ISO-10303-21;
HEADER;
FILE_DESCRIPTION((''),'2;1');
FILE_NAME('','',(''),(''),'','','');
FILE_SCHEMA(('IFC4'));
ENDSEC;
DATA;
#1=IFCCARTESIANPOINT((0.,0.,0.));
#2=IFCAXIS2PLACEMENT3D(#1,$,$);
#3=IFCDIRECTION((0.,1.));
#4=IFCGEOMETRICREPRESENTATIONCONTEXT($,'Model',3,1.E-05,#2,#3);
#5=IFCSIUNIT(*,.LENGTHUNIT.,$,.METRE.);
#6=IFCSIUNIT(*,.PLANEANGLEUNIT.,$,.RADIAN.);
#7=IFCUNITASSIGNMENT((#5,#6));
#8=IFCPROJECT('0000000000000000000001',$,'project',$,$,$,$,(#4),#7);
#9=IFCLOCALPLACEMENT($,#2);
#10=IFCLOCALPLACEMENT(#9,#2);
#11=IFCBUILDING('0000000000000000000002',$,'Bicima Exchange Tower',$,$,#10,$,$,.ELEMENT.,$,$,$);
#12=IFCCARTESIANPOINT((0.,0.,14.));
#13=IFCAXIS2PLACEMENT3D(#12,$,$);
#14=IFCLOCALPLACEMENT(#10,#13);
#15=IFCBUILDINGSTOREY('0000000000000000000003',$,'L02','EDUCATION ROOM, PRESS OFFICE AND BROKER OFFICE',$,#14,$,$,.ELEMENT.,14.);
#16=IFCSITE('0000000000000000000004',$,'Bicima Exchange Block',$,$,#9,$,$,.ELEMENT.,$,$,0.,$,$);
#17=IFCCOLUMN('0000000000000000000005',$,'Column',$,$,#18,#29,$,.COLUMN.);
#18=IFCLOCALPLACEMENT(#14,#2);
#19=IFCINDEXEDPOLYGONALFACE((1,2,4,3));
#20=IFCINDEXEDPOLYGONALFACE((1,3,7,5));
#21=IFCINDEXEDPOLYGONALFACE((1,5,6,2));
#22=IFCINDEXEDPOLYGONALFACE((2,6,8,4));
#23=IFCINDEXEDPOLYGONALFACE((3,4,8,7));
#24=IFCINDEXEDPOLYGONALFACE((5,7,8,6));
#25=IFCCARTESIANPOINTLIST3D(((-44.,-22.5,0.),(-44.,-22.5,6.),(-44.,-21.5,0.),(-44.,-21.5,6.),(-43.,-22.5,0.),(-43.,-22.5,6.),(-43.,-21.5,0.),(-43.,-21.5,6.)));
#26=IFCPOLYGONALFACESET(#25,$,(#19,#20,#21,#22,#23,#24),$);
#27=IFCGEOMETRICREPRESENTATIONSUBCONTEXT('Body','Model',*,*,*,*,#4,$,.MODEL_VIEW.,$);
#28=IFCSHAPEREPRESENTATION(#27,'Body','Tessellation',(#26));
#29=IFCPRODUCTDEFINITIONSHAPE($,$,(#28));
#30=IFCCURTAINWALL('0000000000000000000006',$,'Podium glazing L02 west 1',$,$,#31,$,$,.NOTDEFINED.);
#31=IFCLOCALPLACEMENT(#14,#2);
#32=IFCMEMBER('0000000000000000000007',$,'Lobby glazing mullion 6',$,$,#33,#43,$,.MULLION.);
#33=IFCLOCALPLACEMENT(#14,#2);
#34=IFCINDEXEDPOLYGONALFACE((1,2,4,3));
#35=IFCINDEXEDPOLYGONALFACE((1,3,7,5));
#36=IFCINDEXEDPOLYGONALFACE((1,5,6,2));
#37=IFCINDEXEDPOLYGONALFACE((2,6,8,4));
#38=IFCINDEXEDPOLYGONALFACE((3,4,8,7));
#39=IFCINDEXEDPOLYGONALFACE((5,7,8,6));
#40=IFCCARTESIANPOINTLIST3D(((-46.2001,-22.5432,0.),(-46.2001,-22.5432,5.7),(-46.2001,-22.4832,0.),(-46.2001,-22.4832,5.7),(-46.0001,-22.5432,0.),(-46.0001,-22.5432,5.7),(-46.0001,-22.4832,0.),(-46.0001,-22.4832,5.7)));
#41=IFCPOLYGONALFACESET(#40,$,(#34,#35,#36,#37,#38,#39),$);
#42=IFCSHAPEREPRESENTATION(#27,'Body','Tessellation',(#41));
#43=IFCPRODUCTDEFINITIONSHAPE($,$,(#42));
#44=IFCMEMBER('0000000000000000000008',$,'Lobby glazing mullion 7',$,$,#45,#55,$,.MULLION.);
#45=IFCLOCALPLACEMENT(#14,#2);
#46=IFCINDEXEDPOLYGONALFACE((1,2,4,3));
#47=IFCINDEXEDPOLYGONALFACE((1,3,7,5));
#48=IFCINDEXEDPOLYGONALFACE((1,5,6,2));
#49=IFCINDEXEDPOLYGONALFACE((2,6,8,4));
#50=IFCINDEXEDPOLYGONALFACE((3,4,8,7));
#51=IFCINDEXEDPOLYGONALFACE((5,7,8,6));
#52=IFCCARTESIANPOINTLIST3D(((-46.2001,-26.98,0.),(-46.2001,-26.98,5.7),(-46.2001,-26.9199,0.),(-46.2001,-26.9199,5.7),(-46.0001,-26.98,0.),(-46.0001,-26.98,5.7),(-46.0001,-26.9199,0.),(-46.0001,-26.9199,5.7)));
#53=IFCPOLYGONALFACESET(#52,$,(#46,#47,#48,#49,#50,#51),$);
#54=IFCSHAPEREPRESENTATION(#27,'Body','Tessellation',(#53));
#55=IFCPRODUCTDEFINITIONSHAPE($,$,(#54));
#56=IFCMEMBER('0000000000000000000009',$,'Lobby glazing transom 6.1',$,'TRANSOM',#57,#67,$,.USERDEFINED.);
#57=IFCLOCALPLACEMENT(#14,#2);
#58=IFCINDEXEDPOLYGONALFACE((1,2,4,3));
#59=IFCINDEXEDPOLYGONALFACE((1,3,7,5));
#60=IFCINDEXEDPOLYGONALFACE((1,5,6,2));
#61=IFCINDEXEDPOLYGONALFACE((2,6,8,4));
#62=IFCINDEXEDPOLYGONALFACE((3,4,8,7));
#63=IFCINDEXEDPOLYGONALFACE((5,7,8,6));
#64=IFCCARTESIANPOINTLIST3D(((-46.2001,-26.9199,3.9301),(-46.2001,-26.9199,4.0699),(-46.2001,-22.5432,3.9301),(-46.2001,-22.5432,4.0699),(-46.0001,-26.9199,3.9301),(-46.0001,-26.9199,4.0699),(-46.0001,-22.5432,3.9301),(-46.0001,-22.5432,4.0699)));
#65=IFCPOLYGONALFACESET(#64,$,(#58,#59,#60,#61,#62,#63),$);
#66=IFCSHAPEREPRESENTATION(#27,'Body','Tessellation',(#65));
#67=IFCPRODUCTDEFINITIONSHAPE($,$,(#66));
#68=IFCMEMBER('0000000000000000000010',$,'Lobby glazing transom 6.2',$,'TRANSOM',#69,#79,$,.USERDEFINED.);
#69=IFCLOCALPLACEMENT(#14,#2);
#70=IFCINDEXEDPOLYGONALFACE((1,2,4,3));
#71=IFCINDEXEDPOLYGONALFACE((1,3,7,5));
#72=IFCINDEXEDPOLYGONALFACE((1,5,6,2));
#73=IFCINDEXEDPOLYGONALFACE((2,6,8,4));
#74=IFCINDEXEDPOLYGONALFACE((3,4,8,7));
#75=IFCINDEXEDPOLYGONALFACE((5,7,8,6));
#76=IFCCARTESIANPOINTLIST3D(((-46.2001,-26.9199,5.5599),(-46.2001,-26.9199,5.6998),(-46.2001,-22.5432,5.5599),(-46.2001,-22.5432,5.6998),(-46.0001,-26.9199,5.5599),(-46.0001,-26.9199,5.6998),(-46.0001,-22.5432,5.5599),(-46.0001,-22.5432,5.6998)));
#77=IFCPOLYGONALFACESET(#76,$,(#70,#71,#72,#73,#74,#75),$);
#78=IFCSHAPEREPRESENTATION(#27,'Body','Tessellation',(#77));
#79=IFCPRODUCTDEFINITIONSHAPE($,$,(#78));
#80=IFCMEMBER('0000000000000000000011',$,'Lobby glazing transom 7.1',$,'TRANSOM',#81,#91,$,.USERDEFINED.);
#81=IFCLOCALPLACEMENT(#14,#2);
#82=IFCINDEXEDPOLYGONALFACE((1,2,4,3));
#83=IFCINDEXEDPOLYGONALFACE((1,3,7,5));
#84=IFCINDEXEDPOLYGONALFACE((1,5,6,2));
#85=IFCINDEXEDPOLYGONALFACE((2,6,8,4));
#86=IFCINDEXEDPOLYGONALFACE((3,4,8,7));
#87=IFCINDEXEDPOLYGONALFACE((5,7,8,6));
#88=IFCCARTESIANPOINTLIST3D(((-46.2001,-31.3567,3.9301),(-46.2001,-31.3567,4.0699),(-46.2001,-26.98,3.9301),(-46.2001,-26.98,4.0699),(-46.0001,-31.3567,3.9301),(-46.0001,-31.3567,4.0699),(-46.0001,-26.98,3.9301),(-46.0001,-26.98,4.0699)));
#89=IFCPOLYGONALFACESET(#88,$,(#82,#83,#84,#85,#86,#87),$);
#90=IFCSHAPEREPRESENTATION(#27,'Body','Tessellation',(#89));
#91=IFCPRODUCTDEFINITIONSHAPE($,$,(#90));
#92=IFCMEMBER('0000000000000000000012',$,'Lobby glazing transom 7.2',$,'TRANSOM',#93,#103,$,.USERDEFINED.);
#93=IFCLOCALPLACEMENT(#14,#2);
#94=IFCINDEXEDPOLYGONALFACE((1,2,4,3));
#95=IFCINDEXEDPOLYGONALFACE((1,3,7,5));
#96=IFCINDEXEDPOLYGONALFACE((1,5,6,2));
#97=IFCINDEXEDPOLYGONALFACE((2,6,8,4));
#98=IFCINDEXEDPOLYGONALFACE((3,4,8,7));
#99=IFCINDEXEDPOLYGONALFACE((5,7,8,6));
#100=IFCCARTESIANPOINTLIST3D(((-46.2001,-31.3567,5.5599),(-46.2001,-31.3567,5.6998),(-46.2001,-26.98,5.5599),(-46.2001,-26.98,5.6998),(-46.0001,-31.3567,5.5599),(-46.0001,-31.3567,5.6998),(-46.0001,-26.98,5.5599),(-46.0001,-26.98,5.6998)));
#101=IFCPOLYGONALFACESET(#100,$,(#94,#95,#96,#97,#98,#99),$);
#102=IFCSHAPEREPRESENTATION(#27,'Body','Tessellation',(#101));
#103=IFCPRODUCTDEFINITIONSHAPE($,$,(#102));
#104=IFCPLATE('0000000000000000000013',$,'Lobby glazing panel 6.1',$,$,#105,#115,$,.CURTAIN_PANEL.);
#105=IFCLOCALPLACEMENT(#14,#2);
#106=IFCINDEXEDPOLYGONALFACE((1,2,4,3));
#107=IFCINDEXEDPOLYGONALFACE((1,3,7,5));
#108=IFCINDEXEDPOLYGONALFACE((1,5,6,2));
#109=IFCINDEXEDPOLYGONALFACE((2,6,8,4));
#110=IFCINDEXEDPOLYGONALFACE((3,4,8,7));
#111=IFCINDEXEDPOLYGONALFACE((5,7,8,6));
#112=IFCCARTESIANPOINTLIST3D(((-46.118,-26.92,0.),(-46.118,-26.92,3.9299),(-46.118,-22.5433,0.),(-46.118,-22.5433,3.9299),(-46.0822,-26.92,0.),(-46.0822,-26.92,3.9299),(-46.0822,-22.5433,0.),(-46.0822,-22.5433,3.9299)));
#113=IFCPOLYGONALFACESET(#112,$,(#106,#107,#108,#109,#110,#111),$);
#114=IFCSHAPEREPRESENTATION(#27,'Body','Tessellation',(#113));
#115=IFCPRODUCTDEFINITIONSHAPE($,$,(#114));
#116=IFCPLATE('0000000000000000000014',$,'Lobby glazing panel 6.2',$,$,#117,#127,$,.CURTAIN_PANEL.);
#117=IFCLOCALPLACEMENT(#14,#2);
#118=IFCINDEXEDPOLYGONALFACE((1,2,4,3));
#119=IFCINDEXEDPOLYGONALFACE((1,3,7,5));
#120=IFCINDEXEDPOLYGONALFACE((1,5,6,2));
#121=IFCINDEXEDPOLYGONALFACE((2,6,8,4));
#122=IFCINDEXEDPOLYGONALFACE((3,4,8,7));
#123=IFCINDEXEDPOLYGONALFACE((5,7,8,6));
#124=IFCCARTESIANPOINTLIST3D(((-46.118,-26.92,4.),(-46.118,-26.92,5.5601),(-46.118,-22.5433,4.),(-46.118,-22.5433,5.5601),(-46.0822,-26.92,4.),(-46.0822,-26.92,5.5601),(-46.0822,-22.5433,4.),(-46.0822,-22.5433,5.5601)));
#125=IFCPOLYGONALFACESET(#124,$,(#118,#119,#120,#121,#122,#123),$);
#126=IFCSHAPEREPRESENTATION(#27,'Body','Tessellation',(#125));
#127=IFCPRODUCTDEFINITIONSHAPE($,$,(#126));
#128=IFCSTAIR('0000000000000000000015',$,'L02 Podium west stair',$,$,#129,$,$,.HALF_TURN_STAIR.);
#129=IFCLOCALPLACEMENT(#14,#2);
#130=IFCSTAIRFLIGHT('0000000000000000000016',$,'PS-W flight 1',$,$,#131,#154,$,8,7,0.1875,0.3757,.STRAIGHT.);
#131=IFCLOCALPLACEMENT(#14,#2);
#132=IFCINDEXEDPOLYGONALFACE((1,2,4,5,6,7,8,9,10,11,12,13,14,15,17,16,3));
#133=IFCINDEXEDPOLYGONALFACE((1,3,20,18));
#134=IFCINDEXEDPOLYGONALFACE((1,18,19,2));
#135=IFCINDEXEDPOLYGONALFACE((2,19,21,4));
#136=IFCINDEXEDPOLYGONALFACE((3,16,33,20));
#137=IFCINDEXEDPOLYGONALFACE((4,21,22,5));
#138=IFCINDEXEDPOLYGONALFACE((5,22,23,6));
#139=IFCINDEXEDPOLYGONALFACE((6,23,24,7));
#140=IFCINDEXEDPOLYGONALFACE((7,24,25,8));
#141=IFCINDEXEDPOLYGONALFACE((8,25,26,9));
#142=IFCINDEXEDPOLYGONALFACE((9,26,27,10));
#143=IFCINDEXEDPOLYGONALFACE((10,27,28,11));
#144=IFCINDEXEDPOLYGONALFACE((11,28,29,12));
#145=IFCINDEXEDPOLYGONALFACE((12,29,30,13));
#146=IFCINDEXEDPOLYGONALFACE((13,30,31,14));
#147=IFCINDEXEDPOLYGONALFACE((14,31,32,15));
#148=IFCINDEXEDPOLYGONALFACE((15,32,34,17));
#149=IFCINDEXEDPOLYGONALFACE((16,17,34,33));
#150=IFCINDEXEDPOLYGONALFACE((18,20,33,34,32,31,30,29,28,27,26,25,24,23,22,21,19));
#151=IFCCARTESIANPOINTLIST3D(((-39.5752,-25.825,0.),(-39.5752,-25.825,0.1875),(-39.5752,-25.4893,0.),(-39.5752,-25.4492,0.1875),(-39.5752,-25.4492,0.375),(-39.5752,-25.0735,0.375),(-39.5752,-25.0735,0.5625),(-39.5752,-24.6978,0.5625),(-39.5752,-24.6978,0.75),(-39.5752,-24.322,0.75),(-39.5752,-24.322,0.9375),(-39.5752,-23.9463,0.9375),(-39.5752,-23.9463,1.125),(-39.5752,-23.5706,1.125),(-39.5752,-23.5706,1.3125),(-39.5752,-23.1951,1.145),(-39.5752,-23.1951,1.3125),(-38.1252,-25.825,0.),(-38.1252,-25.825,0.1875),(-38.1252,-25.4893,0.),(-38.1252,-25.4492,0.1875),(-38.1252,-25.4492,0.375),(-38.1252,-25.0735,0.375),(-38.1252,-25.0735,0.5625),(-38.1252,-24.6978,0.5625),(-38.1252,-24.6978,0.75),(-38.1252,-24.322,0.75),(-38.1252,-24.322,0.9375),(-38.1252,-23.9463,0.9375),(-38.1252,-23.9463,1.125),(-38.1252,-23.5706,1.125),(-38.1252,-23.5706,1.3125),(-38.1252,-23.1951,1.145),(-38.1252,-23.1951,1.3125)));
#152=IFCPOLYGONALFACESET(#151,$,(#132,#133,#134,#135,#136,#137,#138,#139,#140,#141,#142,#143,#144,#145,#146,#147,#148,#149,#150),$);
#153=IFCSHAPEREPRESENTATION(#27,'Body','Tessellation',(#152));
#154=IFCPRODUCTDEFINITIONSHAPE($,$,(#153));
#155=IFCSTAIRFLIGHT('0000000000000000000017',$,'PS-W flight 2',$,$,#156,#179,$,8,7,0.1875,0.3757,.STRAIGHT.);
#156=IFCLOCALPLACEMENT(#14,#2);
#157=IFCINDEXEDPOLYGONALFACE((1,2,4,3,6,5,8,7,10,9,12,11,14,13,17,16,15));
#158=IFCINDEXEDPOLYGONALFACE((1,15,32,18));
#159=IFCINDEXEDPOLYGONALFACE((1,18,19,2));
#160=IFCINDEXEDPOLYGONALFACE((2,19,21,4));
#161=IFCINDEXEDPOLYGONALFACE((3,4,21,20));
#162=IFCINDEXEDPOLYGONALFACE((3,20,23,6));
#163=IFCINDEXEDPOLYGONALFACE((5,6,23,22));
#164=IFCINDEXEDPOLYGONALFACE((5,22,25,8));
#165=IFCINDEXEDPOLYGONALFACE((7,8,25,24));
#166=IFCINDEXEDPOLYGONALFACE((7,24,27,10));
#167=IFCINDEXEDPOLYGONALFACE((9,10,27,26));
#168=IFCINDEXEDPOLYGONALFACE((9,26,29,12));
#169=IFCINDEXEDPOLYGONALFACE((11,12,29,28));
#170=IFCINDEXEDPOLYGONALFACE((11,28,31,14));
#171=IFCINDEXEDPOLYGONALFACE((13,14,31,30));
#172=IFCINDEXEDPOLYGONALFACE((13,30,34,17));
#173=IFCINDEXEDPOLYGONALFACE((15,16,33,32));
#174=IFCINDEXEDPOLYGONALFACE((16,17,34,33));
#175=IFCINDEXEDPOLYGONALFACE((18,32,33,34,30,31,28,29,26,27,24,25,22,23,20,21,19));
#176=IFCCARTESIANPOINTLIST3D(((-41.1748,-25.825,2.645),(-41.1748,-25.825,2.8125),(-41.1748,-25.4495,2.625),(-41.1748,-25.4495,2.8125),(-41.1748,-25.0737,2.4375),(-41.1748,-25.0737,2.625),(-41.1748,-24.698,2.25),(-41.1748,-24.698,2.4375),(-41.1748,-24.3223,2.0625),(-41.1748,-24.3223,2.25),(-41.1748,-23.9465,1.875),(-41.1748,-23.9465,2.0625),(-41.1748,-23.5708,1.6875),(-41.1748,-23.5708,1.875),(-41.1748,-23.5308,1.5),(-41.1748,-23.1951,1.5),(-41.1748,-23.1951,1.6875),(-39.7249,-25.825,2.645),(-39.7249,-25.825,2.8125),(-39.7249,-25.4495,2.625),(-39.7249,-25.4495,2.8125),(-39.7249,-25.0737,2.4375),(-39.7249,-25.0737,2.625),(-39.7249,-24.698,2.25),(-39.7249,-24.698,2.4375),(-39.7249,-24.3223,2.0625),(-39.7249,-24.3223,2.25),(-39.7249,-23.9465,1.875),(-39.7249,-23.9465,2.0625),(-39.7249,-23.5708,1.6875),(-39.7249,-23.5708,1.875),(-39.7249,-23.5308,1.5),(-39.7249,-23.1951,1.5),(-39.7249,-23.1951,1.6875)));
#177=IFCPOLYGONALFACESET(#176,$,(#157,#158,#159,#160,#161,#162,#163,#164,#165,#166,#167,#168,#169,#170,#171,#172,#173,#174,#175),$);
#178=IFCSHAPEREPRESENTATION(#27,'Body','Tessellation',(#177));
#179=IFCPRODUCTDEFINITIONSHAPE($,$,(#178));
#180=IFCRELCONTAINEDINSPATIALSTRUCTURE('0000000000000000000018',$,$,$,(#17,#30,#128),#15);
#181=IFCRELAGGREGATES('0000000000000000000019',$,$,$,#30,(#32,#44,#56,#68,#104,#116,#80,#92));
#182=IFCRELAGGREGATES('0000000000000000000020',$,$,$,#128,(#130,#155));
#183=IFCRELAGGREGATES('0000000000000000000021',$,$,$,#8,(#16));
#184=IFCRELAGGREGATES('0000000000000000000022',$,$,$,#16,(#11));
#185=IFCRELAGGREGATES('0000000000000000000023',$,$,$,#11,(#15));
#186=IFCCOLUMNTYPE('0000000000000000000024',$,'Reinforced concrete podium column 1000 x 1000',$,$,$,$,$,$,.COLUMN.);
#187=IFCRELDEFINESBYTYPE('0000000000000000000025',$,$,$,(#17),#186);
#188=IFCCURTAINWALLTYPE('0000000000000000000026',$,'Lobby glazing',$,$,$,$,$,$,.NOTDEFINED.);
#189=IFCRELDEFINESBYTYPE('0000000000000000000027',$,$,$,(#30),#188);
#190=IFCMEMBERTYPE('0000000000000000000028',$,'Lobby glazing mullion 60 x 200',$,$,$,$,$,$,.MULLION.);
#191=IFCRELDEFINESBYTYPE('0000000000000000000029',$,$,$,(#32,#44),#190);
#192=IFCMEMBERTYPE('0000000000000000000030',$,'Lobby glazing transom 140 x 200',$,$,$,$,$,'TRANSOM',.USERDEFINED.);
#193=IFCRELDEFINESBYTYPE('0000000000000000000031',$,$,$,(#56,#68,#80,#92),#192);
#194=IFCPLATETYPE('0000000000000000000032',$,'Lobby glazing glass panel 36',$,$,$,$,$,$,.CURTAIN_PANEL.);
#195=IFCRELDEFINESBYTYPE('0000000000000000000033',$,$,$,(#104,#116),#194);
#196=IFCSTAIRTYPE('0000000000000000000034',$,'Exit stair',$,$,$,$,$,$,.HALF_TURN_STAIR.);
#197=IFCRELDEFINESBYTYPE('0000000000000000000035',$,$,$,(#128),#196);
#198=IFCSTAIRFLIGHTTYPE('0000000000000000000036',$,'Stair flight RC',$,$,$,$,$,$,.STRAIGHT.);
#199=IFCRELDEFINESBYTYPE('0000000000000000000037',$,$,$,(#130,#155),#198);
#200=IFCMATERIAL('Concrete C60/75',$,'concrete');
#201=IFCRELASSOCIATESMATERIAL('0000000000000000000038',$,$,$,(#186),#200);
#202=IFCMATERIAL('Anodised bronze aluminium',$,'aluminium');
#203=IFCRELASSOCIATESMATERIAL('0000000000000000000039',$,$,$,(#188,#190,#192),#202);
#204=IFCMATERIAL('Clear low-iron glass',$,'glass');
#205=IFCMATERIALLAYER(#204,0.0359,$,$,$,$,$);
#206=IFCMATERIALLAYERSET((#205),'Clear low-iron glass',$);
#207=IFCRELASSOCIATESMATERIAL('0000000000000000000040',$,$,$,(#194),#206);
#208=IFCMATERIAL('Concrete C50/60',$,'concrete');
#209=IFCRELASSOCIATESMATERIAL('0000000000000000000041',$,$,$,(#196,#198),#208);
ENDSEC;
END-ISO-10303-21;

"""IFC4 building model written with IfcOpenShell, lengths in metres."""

from ifc_helpers import new_model, si_unit, direction, frame, origin, origin_2d, place, context, subcontext, project, spatial, polyline, rectangle, outline, extrude, material, layer, layer_set, material_profile, profile_set, type_object, element, aggregate, save


model = new_model("IFC4")

# Units and contexts
model_context = context("Model", 3, precision=1e-05, world=origin(), true_north=direction((0.0, 1.0)))
body_context = subcontext(model_context, "Body", "Model", "MODEL_VIEW")
ifc_project = project(units=[si_unit("LENGTHUNIT", "METRE"), si_unit("PLANEANGLEUNIT", "RADIAN")], contexts=[model_context])

# Site, building, storey
site_placement = place(None, origin())
site = spatial("IfcSite", under=ifc_project, at=site_placement, Name="Bicima Exchange Block", CompositionType="ELEMENT", RefElevation=0.0)
building_placement = place(site_placement, origin())
building = spatial("IfcBuilding", under=site, at=building_placement, Name="Bicima Exchange Tower", CompositionType="ELEMENT")
storey_placement = place(building_placement, frame((0.0, 0.0, 14.0)))
storey = spatial("IfcBuildingStorey", under=building, at=storey_placement, Name="L02", Description="EDUCATION ROOM, PRESS OFFICE AND BROKER OFFICE", CompositionType="ELEMENT", Elevation=14.0)

# Column
ifc_material_1 = material(Name="Concrete C60/75", Category="concrete")
ifc_material_profile_1 = material_profile(ifc_material_1, rectangle(XDim=1.0, YDim=1.0, at=origin_2d()))
ifc_profile_set_1 = profile_set([ifc_material_profile_1], Name="Concrete C60/75")
column_type = type_object("IfcColumnType", Name="Reinforced concrete podium column 1000 x 1000", PredefinedType="COLUMN", material=ifc_profile_set_1)
column_placement = place(storey_placement, frame((-43.5, -22.0, 0.0), z_axis=(0.0, 0.0, 1.0), x_axis=(1.0, 0.0, 0.0)))
element("IfcColumn", 1, at=column_placement, inside=storey, type_object=column_type, Name="Column", PredefinedType="COLUMN", context=body_context, shape_type="SweptSolid", body=[
    extrude(rectangle(XDim=1.0, YDim=1.0, at=origin_2d()), origin(), (0.0, 0.0, 1.0), 6.0),
])

# Curtain wall, members, plates
ifc_material_2 = material(Name="Anodised bronze aluminium", Category="aluminium")
curtain_wall_type = type_object("IfcCurtainWallType", Name="Lobby glazing", PredefinedType="NOTDEFINED", material=ifc_material_2)
curtain_wall_placement = place(storey_placement, origin())
curtain_wall = element("IfcCurtainWall", 2, at=curtain_wall_placement, inside=storey, type_object=curtain_wall_type, Name="Podium glazing L02 west 1", PredefinedType="NOTDEFINED")
ifc_material_profile_2 = material_profile(ifc_material_2, rectangle(XDim=0.2, YDim=0.0601, at=origin_2d()))
ifc_profile_set_2 = profile_set([ifc_material_profile_2], Name="Anodised bronze aluminium")
member_type_1 = type_object("IfcMemberType", Name="Lobby glazing mullion 60 x 200", PredefinedType="MULLION", material=ifc_profile_set_2)
member_1_placement = place(storey_placement, frame((-46.1001, -22.5132, 0.0), z_axis=(0.0, 0.0, 1.0), x_axis=(1.0, 0.0, 0.0)))
member_1 = element("IfcMember", 3, at=member_1_placement, type_object=member_type_1, Name="Lobby glazing mullion 6", PredefinedType="MULLION", context=body_context, shape_type="SweptSolid", body=[
    extrude(rectangle(XDim=0.2, YDim=0.0601, at=origin_2d()), origin(), (0.0, 0.0, 1.0), 5.7),
])
member_2_placement = place(storey_placement, frame((-46.1001, -26.95, 0.0), z_axis=(0.0, 0.0, 1.0), x_axis=(1.0, 0.0, 0.0)))
member_2 = element("IfcMember", 4, at=member_2_placement, type_object=member_type_1, Name="Lobby glazing mullion 7", PredefinedType="MULLION", context=body_context, shape_type="SweptSolid", body=[
    extrude(rectangle(XDim=0.2, YDim=0.0601, at=origin_2d()), origin(), (0.0, 0.0, 1.0), 5.7),
])
ifc_material_profile_3 = material_profile(ifc_material_2, rectangle(XDim=0.2, YDim=0.1399, at=origin_2d()))
ifc_profile_set_3 = profile_set([ifc_material_profile_3], Name="Anodised bronze aluminium")
member_type_2 = type_object("IfcMemberType", Name="Lobby glazing transom 140 x 200", ElementType="TRANSOM", PredefinedType="USERDEFINED", material=ifc_profile_set_3)
member_3_placement = place(storey_placement, frame((-46.1001, -22.5432, 4.0), z_axis=(0.0, -1.0, 0.0), x_axis=(1.0, 0.0, 0.0)))
member_3 = element("IfcMember", 5, at=member_3_placement, type_object=member_type_2, Name="Lobby glazing transom 6.1", ObjectType="TRANSOM", PredefinedType="USERDEFINED", context=body_context, shape_type="SweptSolid", body=[
    extrude(rectangle(XDim=0.2, YDim=0.1399, at=origin_2d()), origin(), (0.0, 0.0, 1.0), 4.3767),
])
member_4_placement = place(storey_placement, frame((-46.1001, -22.5432, 5.6299), z_axis=(0.0, -1.0, 0.0), x_axis=(1.0, 0.0, 0.0)))
member_4 = element("IfcMember", 6, at=member_4_placement, type_object=member_type_2, Name="Lobby glazing transom 6.2", ObjectType="TRANSOM", PredefinedType="USERDEFINED", context=body_context, shape_type="SweptSolid", body=[
    extrude(rectangle(XDim=0.2, YDim=0.1399, at=origin_2d()), origin(), (0.0, 0.0, 1.0), 4.3767),
])
member_5_placement = place(storey_placement, frame((-46.1001, -26.98, 4.0), z_axis=(0.0, -1.0, 0.0), x_axis=(1.0, 0.0, 0.0)))
member_5 = element("IfcMember", 7, at=member_5_placement, type_object=member_type_2, Name="Lobby glazing transom 7.1", ObjectType="TRANSOM", PredefinedType="USERDEFINED", context=body_context, shape_type="SweptSolid", body=[
    extrude(rectangle(XDim=0.2, YDim=0.1399, at=origin_2d()), origin(), (0.0, 0.0, 1.0), 4.3767),
])
member_6_placement = place(storey_placement, frame((-46.1001, -26.98, 5.6299), z_axis=(0.0, -1.0, 0.0), x_axis=(1.0, 0.0, 0.0)))
member_6 = element("IfcMember", 8, at=member_6_placement, type_object=member_type_2, Name="Lobby glazing transom 7.2", ObjectType="TRANSOM", PredefinedType="USERDEFINED", context=body_context, shape_type="SweptSolid", body=[
    extrude(rectangle(XDim=0.2, YDim=0.1399, at=origin_2d()), origin(), (0.0, 0.0, 1.0), 4.3767),
])
ifc_material_3 = material(Name="Clear low-iron glass", Category="glass")
ifc_layer = layer(ifc_material_3, 0.0359)
ifc_layer_set = layer_set([ifc_layer], Name="Clear low-iron glass")
plate_type = type_object("IfcPlateType", Name="Lobby glazing glass panel 36", PredefinedType="CURTAIN_PANEL", material=ifc_layer_set)
plate_1_placement = place(storey_placement, frame((-46.1001, -24.7317, 0.0), z_axis=(0.0, 0.0, 1.0), x_axis=(0.0, -1.0, 0.0)))
plate_1 = element("IfcPlate", 9, at=plate_1_placement, type_object=plate_type, Name="Lobby glazing panel 6.1", PredefinedType="CURTAIN_PANEL", context=body_context, shape_type="SweptSolid", body=[
    extrude(rectangle(XDim=4.3767, YDim=0.0359, at=origin_2d()), origin(), (0.0, 0.0, 1.0), 3.9299),
])
plate_2_placement = place(storey_placement, frame((-46.1001, -24.7317, 4.0), z_axis=(0.0, 0.0, 1.0), x_axis=(0.0, -1.0, 0.0)))
plate_2 = element("IfcPlate", 10, at=plate_2_placement, type_object=plate_type, Name="Lobby glazing panel 6.2", PredefinedType="CURTAIN_PANEL", context=body_context, shape_type="SweptSolid", body=[
    extrude(rectangle(XDim=4.3767, YDim=0.0359, at=origin_2d()), origin(), (0.0, 0.0, 1.0), 1.5601),
])
aggregate(curtain_wall, [member_1, member_2, member_3, member_4, plate_1, plate_2, member_5, member_6])

# Stair, stair flights
ifc_material_4 = material(Name="Concrete C50/60", Category="concrete")
stair_type = type_object("IfcStairType", Name="Exit stair", PredefinedType="HALF_TURN_STAIR", material=ifc_material_4)
stair_placement = place(storey_placement, origin())
stair = element("IfcStair", 11, at=stair_placement, inside=storey, type_object=stair_type, Name="L02 Podium west stair", PredefinedType="HALF_TURN_STAIR")
stair_flight_type = type_object("IfcStairFlightType", Name="Stair flight RC", PredefinedType="STRAIGHT", material=ifc_material_4)
stair_flight_1_placement = place(storey_placement, frame((-38.8501, -25.825, 0.0), z_axis=(0.0, 0.0, 1.0), x_axis=(0.0, 1.0, 0.0)))
stair_flight_1 = element("IfcStairFlight", 12, at=stair_flight_1_placement, type_object=stair_flight_type, Name="PS-W flight 1", NumberOfRisers=8, NumberOfTreads=7, PredefinedType="STRAIGHT", RiserHeight=0.1875, TreadLength=0.3757, context=body_context, shape_type="SweptSolid", body=[
    extrude(outline(polyline([(0.0, 0.0), (0.0, 0.1875), (0.3757, 0.1875), (0.3757, 0.375), (0.7515, 0.375), (0.7515, 0.5625), (1.1272, 0.5625), (1.1272, 0.75), (1.5029, 0.75), (1.5029, 0.9375), (1.8787, 0.9375), (1.8787, 1.125), (2.2544, 1.125), (2.2544, 1.3125), (2.6299, 1.3125), (2.6299, 1.5), (2.6299, 1.145), (0.3357, 0.0), (0.0, 0.0)])), frame((0.0, 0.7251, 0.0), z_axis=(0.0, -1.0, 0.0), x_axis=(1.0, 0.0, 0.0)), (0.0, 0.0, 1.0), 1.45),
])
stair_flight_2_placement = place(storey_placement, frame((-40.45, -23.1951, 1.5), z_axis=(0.0, 0.0, 1.0), x_axis=(0.0, -1.0, 0.0)))
stair_flight_2 = element("IfcStairFlight", 13, at=stair_flight_2_placement, type_object=stair_flight_type, Name="PS-W flight 2", NumberOfRisers=8, NumberOfTreads=7, PredefinedType="STRAIGHT", RiserHeight=0.1875, TreadLength=0.3757, context=body_context, shape_type="SweptSolid", body=[
    extrude(outline(polyline([(0.0, 0.0), (0.0, 0.1875), (0.3757, 0.1875), (0.3757, 0.375), (0.7515, 0.375), (0.7515, 0.5625), (1.1272, 0.5625), (1.1272, 0.75), (1.5029, 0.75), (1.5029, 0.9375), (1.8787, 0.9375), (1.8787, 1.125), (2.2544, 1.125), (2.2544, 1.3125), (2.6299, 1.3125), (2.6299, 1.5), (2.6299, 1.145), (0.3357, 0.0), (0.0, 0.0)])), frame((0.0, 0.7251, 0.0), z_axis=(0.0, -1.0, 0.0), x_axis=(1.0, 0.0, 0.0)), (0.0, 0.0, 1.0), 1.45),
])
aggregate(stair, [stair_flight_1, stair_flight_2])

save(model, "model.ifc")
